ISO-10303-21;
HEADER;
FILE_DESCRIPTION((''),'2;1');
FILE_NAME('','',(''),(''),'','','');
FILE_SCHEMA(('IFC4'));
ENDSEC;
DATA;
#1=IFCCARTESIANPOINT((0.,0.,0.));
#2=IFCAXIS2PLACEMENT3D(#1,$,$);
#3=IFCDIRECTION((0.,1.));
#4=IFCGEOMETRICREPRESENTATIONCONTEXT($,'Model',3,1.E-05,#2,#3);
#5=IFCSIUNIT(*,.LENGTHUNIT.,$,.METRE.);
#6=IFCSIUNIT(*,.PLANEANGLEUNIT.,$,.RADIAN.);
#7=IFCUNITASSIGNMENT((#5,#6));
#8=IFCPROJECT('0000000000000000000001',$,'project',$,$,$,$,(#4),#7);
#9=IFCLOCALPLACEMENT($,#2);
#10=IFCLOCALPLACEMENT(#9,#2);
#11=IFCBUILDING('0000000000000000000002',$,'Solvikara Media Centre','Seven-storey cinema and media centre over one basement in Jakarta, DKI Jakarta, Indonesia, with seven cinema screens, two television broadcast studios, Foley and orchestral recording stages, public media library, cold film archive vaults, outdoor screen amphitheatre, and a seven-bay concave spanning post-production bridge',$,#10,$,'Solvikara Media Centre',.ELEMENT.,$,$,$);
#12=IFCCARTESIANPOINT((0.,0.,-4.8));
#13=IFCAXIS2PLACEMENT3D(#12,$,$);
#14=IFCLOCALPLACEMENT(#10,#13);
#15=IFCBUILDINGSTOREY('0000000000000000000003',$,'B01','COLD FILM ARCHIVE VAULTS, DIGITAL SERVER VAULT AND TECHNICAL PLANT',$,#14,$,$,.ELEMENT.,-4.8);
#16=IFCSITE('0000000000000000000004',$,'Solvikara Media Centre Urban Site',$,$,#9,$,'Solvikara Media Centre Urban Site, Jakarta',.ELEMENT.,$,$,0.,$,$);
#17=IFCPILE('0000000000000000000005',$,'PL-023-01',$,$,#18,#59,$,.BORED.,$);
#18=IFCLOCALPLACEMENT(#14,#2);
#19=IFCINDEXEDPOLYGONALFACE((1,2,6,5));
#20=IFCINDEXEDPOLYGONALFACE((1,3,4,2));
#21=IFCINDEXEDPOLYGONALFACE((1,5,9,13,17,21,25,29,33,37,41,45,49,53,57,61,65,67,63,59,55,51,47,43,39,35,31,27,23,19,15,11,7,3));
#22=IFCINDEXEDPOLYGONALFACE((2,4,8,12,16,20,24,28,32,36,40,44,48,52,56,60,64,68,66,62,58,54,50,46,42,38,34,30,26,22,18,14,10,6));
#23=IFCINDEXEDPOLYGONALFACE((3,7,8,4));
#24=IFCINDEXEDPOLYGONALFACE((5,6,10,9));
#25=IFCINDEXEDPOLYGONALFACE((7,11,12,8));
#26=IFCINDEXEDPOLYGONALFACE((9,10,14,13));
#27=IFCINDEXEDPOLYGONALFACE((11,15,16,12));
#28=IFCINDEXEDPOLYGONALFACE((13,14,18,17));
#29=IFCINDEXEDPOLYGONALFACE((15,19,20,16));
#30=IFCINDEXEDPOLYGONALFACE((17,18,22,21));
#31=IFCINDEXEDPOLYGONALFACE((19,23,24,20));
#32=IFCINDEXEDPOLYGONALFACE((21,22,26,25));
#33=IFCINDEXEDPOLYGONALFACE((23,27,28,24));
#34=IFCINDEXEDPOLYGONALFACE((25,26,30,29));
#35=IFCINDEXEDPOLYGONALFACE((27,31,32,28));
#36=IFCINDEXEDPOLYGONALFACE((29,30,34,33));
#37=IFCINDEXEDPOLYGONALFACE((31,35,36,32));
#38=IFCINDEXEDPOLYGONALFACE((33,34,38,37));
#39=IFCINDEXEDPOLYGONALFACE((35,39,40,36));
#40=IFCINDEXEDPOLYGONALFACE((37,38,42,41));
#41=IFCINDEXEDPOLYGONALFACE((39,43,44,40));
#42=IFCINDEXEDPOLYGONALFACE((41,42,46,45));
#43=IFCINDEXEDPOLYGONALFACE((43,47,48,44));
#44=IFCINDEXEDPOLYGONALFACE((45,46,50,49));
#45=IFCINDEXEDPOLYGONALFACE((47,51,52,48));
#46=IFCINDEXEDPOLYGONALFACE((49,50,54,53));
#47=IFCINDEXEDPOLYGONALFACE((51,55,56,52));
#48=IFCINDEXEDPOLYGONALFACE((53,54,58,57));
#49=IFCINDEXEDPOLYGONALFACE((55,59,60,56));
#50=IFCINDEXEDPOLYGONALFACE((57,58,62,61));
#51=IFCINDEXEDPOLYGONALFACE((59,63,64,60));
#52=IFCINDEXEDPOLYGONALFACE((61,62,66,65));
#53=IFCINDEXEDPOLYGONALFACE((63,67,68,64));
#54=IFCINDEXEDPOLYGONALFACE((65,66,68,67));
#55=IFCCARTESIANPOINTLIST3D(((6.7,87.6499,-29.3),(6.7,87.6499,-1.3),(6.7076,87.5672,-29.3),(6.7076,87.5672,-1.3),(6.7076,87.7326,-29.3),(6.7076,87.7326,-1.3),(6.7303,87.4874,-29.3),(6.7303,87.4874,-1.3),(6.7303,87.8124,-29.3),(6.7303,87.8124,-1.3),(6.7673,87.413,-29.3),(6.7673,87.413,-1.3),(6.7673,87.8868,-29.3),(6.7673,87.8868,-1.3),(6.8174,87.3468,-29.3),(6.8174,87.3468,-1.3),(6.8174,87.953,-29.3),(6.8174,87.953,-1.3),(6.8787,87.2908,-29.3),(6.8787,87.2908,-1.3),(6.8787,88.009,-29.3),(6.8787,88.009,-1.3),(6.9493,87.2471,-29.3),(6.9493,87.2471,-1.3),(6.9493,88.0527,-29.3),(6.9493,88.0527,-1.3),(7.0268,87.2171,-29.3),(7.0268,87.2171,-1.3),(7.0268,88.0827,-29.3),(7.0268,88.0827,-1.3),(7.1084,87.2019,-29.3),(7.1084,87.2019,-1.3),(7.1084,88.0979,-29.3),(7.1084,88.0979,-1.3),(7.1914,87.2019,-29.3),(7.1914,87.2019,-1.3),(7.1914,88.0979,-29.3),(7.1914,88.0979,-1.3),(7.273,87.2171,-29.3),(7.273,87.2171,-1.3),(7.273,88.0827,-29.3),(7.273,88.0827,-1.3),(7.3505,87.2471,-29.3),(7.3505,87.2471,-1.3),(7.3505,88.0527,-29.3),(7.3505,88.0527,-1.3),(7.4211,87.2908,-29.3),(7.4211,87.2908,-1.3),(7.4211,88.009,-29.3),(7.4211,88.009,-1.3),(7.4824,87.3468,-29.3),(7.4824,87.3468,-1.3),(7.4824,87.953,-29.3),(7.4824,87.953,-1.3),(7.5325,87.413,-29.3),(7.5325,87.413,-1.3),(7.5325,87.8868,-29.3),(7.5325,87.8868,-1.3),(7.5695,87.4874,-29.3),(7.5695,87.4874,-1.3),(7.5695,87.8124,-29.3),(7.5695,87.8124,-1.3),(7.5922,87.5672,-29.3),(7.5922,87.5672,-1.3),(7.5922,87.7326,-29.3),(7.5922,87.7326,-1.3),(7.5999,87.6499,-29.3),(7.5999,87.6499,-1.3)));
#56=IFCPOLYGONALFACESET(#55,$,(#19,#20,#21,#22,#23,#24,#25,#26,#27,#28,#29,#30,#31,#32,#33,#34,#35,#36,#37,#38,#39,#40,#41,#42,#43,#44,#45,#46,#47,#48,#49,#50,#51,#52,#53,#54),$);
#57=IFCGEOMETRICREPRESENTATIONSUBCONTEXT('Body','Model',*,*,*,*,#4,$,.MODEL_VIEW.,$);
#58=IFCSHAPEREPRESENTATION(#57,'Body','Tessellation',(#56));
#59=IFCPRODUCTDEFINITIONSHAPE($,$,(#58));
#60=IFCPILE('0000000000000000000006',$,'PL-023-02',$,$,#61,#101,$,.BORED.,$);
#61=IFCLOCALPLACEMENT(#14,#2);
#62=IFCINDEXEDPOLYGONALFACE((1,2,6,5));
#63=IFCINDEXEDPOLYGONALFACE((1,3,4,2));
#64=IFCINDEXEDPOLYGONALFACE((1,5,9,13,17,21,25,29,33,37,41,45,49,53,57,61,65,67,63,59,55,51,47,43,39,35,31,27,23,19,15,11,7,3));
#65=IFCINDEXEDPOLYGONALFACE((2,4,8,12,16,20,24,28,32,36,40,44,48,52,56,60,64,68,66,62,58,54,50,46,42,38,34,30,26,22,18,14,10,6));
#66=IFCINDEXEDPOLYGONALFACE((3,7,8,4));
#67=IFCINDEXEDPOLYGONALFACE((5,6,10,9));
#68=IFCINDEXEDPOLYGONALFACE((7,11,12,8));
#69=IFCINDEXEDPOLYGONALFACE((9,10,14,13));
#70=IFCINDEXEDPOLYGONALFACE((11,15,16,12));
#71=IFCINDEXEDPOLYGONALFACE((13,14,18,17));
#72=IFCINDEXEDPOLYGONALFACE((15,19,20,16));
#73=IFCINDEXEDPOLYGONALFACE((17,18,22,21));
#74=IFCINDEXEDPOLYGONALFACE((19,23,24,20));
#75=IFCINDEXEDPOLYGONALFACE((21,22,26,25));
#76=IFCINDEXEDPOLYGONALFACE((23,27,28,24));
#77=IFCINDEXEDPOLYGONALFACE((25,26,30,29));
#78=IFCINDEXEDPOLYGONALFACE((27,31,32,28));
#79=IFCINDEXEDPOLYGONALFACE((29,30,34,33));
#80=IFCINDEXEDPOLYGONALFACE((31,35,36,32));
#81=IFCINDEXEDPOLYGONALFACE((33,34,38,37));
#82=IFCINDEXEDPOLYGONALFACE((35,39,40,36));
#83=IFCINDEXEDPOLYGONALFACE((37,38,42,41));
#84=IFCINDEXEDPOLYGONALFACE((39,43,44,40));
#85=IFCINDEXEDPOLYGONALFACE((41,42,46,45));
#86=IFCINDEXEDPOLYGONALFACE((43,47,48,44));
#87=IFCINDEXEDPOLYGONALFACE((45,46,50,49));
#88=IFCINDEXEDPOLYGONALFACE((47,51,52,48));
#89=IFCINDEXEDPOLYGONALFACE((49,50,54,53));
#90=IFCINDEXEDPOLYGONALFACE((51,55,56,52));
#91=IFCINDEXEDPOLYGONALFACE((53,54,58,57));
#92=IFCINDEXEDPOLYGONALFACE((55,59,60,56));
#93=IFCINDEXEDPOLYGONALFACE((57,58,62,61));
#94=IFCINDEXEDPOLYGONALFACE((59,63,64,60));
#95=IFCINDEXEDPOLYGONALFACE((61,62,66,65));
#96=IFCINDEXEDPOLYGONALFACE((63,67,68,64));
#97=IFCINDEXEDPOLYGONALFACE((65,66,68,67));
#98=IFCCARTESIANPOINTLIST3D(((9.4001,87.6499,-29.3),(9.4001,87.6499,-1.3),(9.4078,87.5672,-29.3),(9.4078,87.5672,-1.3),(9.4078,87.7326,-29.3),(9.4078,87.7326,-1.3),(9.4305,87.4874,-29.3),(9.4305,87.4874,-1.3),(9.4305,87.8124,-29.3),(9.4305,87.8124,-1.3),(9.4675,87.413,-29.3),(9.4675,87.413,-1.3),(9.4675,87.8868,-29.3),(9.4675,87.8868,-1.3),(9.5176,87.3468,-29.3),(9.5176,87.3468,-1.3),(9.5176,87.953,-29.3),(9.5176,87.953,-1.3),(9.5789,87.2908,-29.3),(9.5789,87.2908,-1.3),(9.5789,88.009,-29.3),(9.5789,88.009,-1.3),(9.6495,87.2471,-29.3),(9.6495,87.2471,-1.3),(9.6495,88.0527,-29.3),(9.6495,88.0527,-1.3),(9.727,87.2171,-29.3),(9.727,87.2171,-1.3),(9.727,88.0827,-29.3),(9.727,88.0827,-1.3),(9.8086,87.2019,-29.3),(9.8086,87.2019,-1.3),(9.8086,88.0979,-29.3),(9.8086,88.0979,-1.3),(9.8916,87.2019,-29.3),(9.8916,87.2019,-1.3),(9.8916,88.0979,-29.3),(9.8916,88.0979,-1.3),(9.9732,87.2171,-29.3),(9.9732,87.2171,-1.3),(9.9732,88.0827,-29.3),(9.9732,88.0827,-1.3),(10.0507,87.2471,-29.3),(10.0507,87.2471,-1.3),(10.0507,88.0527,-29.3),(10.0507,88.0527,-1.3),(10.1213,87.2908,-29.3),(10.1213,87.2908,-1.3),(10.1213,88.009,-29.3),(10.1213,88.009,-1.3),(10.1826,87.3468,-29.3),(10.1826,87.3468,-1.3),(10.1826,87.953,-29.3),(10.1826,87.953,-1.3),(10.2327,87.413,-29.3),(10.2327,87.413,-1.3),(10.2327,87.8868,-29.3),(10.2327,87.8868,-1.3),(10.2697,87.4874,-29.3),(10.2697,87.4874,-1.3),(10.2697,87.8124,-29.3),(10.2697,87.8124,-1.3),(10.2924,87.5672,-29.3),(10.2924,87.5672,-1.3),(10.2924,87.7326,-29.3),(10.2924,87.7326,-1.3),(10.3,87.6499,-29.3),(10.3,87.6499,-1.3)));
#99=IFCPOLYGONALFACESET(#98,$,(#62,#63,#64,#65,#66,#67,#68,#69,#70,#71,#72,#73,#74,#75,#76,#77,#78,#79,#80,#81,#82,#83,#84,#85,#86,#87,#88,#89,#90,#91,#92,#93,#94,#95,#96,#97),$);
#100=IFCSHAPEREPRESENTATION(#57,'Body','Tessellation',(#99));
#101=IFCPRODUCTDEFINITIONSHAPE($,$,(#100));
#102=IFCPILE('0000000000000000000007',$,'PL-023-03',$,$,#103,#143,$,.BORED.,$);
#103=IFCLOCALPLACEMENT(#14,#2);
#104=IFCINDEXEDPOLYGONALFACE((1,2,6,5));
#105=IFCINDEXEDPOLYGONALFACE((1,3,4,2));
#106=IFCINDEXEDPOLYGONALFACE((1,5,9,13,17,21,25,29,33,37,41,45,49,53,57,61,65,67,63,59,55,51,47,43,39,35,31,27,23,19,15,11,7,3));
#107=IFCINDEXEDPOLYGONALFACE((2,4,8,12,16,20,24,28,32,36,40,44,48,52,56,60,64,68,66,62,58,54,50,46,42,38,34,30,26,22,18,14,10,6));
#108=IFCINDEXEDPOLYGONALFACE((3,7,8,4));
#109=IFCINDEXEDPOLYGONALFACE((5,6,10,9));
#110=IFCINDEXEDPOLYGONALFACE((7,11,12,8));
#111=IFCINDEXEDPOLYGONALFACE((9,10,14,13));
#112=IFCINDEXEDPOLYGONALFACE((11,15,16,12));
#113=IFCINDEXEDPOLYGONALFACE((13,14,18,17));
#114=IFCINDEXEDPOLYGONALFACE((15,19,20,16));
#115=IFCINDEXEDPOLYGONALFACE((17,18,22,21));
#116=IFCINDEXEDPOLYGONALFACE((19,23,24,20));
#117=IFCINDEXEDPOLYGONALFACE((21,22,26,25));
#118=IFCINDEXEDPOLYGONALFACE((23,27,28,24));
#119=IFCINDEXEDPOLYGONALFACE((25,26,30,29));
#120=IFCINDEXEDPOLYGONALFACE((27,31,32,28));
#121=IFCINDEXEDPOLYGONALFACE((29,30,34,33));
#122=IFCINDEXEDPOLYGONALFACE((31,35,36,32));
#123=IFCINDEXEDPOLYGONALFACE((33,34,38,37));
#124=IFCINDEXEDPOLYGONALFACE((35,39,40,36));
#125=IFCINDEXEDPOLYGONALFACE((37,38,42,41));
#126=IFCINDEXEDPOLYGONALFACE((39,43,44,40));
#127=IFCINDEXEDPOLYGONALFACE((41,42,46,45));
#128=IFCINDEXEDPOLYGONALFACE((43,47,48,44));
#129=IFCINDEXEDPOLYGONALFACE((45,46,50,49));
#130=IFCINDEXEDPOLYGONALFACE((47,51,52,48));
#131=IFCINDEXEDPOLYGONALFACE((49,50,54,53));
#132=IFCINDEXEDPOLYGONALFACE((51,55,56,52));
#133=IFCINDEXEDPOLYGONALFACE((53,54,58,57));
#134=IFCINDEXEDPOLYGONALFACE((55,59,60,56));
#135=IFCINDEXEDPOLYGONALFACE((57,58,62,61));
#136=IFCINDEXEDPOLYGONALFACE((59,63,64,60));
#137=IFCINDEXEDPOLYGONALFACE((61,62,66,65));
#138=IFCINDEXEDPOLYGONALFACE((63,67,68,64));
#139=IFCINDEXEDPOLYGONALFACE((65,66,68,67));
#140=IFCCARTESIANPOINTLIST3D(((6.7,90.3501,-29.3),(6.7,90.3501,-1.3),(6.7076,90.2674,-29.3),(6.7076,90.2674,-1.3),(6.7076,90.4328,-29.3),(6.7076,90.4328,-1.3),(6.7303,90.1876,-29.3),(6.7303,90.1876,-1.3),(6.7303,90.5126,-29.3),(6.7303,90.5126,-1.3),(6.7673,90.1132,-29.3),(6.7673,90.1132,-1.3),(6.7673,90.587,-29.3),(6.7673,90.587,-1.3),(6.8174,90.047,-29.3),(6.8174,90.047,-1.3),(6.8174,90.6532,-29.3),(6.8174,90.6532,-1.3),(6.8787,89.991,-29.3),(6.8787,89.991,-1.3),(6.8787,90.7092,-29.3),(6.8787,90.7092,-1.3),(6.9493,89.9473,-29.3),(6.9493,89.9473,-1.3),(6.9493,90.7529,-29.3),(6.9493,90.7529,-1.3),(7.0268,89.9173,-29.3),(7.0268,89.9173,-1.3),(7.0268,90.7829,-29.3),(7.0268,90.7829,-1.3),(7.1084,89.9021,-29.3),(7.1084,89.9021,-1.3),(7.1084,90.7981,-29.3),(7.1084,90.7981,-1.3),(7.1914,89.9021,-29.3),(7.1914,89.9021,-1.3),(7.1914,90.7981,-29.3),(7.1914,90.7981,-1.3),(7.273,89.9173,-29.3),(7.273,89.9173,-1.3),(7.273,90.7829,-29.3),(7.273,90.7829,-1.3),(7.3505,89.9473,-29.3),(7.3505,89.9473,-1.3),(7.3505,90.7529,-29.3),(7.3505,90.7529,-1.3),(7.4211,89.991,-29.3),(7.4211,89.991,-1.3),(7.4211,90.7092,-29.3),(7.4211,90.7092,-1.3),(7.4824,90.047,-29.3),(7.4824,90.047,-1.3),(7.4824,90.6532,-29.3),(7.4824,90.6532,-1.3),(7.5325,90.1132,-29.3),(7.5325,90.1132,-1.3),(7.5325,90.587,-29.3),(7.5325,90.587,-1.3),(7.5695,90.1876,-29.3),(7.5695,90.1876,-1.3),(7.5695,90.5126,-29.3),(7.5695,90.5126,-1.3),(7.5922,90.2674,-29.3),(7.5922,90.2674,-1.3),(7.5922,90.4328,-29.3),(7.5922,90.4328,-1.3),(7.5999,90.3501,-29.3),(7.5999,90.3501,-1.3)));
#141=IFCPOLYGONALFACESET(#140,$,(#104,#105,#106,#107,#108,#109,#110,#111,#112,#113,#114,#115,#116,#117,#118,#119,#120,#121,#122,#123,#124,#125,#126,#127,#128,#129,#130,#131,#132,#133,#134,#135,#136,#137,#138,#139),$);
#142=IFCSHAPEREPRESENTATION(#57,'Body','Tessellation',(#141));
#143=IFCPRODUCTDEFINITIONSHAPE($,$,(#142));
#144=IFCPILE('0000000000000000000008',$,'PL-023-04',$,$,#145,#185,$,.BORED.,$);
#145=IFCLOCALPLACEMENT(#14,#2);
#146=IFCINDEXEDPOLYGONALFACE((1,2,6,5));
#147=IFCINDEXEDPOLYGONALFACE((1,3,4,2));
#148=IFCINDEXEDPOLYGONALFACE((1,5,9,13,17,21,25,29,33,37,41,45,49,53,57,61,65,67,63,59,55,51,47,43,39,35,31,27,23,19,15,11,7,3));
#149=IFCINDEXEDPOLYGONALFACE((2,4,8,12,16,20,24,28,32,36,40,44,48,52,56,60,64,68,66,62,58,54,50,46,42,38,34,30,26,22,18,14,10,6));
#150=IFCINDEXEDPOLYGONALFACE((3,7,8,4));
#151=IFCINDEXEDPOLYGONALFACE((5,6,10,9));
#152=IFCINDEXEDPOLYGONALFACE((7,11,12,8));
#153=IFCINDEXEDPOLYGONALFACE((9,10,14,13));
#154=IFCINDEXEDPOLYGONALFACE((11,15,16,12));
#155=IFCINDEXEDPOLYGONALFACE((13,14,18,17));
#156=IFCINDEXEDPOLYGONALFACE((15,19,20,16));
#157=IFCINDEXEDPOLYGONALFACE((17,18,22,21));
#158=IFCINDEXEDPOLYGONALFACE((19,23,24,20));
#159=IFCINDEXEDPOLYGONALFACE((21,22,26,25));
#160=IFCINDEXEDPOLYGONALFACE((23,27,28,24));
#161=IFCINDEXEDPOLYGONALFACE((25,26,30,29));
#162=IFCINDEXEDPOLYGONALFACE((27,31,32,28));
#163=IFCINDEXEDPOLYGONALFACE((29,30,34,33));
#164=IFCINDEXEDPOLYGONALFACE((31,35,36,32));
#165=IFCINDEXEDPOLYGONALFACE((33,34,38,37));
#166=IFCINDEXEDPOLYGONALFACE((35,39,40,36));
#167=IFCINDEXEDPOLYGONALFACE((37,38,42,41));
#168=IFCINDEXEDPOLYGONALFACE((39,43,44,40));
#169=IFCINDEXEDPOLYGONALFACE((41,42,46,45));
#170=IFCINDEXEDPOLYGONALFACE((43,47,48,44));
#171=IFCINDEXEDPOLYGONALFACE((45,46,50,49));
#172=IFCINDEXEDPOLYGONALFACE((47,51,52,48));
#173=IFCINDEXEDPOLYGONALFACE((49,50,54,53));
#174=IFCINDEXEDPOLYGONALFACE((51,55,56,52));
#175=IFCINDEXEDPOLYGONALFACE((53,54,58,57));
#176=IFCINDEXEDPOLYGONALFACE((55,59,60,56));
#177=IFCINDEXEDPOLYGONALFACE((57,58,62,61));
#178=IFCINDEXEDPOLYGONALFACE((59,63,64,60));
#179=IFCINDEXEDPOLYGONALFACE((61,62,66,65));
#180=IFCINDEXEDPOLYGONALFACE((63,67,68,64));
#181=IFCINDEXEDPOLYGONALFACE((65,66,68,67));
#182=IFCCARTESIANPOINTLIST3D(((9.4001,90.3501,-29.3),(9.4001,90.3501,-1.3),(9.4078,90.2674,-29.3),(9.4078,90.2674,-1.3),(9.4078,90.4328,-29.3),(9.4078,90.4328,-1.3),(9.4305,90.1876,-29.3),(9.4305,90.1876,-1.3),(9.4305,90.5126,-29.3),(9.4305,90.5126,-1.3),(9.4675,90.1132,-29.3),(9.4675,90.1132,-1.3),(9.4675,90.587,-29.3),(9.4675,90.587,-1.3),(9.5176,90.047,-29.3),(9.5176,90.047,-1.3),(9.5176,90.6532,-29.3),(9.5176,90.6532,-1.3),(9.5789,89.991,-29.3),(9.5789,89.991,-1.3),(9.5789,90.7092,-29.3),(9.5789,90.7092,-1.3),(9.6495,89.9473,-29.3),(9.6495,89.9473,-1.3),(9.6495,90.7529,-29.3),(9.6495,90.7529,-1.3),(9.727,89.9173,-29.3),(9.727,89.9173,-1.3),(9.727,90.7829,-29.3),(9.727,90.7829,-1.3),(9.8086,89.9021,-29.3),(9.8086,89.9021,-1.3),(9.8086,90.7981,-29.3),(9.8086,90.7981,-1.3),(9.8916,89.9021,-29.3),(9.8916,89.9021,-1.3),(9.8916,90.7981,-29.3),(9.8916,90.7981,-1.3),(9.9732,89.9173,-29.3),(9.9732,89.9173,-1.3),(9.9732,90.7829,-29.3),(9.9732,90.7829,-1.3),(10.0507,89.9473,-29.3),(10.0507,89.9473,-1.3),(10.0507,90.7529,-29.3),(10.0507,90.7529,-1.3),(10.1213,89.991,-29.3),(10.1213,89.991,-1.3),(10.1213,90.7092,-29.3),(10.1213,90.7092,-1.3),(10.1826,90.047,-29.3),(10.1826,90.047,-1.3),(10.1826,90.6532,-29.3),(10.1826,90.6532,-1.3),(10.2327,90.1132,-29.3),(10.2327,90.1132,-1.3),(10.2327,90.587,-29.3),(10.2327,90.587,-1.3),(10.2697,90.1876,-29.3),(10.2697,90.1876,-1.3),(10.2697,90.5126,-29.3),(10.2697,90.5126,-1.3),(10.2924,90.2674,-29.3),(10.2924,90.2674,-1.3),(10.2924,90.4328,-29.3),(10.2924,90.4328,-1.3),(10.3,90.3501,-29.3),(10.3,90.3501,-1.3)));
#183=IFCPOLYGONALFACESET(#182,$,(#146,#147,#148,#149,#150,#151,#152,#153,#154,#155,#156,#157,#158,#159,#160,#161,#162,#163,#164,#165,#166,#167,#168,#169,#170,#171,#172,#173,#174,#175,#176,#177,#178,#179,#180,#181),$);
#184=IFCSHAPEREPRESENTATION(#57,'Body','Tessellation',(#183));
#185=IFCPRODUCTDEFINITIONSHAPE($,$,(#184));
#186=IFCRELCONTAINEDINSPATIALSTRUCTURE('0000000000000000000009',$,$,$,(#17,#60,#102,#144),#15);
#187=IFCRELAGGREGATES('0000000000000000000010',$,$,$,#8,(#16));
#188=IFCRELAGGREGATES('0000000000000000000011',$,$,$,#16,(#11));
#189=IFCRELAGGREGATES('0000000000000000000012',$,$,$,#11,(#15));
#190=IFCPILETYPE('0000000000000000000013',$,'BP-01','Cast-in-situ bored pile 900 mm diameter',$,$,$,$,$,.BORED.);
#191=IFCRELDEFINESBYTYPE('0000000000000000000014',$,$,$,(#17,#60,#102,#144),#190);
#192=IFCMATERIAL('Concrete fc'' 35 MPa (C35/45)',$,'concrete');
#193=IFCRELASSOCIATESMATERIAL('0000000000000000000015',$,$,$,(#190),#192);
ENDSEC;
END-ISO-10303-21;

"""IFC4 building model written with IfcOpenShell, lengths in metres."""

from ifc_helpers import new_model, si_unit, direction, frame, origin, origin_2d, place, context, subcontext, project, spatial, circle, extrude, material, material_profile, profile_set, type_object, element, save


model = new_model("IFC4")

# Units and contexts
model_context = context("Model", 3, precision=1e-05, world=origin(), true_north=direction((0.0, 1.0)))
body_context = subcontext(model_context, "Body", "Model", "MODEL_VIEW")
ifc_project = project(units=[si_unit("LENGTHUNIT", "METRE"), si_unit("PLANEANGLEUNIT", "RADIAN")], contexts=[model_context])

# Site, building, storey
site_placement = place(None, origin())
site = spatial("IfcSite", under=ifc_project, at=site_placement, Name="Solvikara Media Centre Urban Site", LongName="Solvikara Media Centre Urban Site, Jakarta", CompositionType="ELEMENT", RefElevation=0.0)
building_placement = place(site_placement, origin())
building = spatial("IfcBuilding", under=site, at=building_placement, Name="Solvikara Media Centre", Description="Seven-storey cinema and media centre over one basement in Jakarta, DKI Jakarta, Indonesia, with seven cinema screens, two television broadcast studios, Foley and orchestral recording stages, public media library, cold film archive vaults, outdoor screen amphitheatre, and a seven-bay concave spanning post-production bridge", LongName="Solvikara Media Centre", CompositionType="ELEMENT")
storey_placement = place(building_placement, frame((0.0, 0.0, -4.8)))
storey = spatial("IfcBuildingStorey", under=building, at=storey_placement, Name="B01", Description="COLD FILM ARCHIVE VAULTS, DIGITAL SERVER VAULT AND TECHNICAL PLANT", CompositionType="ELEMENT", Elevation=-4.8)

# Piles
ifc_material_1 = material(Name="Concrete fc' 35 MPa (C35/45)", Category="concrete")
ifc_material_profile_1 = material_profile(ifc_material_1, circle(Radius=0.45, at=origin_2d()), Name="BORED PILE D900")
ifc_profile_set_1 = profile_set([ifc_material_profile_1], Name="Concrete fc' 35 MPa (C35/45)")
pile_type_1 = type_object("IfcPileType", Name="BP-01", Description="Cast-in-situ bored pile 900 mm diameter", PredefinedType="BORED", material=ifc_profile_set_1)
for number, where, z_axis, x_axis, name in (
    (1, (7.1499, 87.6499, -1.3), (0.0, 0.0, -1.0), (1.0, 0.0, 0.0), "PL-023-01"),
    (2, (9.8501, 87.6499, -1.3), (0.0, 0.0, -1.0), (1.0, 0.0, 0.0), "PL-023-02"),
    (3, (7.1499, 90.3501, -1.3), (0.0, 0.0, -1.0), (1.0, 0.0, 0.0), "PL-023-03"),
    (4, (9.8501, 90.3501, -1.3), (0.0, 0.0, -1.0), (1.0, 0.0, 0.0), "PL-023-04"),
):
    element("IfcPile", number, at=place(storey_placement, frame(where, z_axis=z_axis, x_axis=x_axis)), inside=storey, type_object=pile_type_1, Name=name, PredefinedType="BORED", context=body_context, shape_type="SweptSolid", body=[
        extrude(circle(Radius=0.45, at=origin_2d()), origin(), (0.0, 0.0, 1.0), 28.0),
    ])

save(model, "model.ifc")
